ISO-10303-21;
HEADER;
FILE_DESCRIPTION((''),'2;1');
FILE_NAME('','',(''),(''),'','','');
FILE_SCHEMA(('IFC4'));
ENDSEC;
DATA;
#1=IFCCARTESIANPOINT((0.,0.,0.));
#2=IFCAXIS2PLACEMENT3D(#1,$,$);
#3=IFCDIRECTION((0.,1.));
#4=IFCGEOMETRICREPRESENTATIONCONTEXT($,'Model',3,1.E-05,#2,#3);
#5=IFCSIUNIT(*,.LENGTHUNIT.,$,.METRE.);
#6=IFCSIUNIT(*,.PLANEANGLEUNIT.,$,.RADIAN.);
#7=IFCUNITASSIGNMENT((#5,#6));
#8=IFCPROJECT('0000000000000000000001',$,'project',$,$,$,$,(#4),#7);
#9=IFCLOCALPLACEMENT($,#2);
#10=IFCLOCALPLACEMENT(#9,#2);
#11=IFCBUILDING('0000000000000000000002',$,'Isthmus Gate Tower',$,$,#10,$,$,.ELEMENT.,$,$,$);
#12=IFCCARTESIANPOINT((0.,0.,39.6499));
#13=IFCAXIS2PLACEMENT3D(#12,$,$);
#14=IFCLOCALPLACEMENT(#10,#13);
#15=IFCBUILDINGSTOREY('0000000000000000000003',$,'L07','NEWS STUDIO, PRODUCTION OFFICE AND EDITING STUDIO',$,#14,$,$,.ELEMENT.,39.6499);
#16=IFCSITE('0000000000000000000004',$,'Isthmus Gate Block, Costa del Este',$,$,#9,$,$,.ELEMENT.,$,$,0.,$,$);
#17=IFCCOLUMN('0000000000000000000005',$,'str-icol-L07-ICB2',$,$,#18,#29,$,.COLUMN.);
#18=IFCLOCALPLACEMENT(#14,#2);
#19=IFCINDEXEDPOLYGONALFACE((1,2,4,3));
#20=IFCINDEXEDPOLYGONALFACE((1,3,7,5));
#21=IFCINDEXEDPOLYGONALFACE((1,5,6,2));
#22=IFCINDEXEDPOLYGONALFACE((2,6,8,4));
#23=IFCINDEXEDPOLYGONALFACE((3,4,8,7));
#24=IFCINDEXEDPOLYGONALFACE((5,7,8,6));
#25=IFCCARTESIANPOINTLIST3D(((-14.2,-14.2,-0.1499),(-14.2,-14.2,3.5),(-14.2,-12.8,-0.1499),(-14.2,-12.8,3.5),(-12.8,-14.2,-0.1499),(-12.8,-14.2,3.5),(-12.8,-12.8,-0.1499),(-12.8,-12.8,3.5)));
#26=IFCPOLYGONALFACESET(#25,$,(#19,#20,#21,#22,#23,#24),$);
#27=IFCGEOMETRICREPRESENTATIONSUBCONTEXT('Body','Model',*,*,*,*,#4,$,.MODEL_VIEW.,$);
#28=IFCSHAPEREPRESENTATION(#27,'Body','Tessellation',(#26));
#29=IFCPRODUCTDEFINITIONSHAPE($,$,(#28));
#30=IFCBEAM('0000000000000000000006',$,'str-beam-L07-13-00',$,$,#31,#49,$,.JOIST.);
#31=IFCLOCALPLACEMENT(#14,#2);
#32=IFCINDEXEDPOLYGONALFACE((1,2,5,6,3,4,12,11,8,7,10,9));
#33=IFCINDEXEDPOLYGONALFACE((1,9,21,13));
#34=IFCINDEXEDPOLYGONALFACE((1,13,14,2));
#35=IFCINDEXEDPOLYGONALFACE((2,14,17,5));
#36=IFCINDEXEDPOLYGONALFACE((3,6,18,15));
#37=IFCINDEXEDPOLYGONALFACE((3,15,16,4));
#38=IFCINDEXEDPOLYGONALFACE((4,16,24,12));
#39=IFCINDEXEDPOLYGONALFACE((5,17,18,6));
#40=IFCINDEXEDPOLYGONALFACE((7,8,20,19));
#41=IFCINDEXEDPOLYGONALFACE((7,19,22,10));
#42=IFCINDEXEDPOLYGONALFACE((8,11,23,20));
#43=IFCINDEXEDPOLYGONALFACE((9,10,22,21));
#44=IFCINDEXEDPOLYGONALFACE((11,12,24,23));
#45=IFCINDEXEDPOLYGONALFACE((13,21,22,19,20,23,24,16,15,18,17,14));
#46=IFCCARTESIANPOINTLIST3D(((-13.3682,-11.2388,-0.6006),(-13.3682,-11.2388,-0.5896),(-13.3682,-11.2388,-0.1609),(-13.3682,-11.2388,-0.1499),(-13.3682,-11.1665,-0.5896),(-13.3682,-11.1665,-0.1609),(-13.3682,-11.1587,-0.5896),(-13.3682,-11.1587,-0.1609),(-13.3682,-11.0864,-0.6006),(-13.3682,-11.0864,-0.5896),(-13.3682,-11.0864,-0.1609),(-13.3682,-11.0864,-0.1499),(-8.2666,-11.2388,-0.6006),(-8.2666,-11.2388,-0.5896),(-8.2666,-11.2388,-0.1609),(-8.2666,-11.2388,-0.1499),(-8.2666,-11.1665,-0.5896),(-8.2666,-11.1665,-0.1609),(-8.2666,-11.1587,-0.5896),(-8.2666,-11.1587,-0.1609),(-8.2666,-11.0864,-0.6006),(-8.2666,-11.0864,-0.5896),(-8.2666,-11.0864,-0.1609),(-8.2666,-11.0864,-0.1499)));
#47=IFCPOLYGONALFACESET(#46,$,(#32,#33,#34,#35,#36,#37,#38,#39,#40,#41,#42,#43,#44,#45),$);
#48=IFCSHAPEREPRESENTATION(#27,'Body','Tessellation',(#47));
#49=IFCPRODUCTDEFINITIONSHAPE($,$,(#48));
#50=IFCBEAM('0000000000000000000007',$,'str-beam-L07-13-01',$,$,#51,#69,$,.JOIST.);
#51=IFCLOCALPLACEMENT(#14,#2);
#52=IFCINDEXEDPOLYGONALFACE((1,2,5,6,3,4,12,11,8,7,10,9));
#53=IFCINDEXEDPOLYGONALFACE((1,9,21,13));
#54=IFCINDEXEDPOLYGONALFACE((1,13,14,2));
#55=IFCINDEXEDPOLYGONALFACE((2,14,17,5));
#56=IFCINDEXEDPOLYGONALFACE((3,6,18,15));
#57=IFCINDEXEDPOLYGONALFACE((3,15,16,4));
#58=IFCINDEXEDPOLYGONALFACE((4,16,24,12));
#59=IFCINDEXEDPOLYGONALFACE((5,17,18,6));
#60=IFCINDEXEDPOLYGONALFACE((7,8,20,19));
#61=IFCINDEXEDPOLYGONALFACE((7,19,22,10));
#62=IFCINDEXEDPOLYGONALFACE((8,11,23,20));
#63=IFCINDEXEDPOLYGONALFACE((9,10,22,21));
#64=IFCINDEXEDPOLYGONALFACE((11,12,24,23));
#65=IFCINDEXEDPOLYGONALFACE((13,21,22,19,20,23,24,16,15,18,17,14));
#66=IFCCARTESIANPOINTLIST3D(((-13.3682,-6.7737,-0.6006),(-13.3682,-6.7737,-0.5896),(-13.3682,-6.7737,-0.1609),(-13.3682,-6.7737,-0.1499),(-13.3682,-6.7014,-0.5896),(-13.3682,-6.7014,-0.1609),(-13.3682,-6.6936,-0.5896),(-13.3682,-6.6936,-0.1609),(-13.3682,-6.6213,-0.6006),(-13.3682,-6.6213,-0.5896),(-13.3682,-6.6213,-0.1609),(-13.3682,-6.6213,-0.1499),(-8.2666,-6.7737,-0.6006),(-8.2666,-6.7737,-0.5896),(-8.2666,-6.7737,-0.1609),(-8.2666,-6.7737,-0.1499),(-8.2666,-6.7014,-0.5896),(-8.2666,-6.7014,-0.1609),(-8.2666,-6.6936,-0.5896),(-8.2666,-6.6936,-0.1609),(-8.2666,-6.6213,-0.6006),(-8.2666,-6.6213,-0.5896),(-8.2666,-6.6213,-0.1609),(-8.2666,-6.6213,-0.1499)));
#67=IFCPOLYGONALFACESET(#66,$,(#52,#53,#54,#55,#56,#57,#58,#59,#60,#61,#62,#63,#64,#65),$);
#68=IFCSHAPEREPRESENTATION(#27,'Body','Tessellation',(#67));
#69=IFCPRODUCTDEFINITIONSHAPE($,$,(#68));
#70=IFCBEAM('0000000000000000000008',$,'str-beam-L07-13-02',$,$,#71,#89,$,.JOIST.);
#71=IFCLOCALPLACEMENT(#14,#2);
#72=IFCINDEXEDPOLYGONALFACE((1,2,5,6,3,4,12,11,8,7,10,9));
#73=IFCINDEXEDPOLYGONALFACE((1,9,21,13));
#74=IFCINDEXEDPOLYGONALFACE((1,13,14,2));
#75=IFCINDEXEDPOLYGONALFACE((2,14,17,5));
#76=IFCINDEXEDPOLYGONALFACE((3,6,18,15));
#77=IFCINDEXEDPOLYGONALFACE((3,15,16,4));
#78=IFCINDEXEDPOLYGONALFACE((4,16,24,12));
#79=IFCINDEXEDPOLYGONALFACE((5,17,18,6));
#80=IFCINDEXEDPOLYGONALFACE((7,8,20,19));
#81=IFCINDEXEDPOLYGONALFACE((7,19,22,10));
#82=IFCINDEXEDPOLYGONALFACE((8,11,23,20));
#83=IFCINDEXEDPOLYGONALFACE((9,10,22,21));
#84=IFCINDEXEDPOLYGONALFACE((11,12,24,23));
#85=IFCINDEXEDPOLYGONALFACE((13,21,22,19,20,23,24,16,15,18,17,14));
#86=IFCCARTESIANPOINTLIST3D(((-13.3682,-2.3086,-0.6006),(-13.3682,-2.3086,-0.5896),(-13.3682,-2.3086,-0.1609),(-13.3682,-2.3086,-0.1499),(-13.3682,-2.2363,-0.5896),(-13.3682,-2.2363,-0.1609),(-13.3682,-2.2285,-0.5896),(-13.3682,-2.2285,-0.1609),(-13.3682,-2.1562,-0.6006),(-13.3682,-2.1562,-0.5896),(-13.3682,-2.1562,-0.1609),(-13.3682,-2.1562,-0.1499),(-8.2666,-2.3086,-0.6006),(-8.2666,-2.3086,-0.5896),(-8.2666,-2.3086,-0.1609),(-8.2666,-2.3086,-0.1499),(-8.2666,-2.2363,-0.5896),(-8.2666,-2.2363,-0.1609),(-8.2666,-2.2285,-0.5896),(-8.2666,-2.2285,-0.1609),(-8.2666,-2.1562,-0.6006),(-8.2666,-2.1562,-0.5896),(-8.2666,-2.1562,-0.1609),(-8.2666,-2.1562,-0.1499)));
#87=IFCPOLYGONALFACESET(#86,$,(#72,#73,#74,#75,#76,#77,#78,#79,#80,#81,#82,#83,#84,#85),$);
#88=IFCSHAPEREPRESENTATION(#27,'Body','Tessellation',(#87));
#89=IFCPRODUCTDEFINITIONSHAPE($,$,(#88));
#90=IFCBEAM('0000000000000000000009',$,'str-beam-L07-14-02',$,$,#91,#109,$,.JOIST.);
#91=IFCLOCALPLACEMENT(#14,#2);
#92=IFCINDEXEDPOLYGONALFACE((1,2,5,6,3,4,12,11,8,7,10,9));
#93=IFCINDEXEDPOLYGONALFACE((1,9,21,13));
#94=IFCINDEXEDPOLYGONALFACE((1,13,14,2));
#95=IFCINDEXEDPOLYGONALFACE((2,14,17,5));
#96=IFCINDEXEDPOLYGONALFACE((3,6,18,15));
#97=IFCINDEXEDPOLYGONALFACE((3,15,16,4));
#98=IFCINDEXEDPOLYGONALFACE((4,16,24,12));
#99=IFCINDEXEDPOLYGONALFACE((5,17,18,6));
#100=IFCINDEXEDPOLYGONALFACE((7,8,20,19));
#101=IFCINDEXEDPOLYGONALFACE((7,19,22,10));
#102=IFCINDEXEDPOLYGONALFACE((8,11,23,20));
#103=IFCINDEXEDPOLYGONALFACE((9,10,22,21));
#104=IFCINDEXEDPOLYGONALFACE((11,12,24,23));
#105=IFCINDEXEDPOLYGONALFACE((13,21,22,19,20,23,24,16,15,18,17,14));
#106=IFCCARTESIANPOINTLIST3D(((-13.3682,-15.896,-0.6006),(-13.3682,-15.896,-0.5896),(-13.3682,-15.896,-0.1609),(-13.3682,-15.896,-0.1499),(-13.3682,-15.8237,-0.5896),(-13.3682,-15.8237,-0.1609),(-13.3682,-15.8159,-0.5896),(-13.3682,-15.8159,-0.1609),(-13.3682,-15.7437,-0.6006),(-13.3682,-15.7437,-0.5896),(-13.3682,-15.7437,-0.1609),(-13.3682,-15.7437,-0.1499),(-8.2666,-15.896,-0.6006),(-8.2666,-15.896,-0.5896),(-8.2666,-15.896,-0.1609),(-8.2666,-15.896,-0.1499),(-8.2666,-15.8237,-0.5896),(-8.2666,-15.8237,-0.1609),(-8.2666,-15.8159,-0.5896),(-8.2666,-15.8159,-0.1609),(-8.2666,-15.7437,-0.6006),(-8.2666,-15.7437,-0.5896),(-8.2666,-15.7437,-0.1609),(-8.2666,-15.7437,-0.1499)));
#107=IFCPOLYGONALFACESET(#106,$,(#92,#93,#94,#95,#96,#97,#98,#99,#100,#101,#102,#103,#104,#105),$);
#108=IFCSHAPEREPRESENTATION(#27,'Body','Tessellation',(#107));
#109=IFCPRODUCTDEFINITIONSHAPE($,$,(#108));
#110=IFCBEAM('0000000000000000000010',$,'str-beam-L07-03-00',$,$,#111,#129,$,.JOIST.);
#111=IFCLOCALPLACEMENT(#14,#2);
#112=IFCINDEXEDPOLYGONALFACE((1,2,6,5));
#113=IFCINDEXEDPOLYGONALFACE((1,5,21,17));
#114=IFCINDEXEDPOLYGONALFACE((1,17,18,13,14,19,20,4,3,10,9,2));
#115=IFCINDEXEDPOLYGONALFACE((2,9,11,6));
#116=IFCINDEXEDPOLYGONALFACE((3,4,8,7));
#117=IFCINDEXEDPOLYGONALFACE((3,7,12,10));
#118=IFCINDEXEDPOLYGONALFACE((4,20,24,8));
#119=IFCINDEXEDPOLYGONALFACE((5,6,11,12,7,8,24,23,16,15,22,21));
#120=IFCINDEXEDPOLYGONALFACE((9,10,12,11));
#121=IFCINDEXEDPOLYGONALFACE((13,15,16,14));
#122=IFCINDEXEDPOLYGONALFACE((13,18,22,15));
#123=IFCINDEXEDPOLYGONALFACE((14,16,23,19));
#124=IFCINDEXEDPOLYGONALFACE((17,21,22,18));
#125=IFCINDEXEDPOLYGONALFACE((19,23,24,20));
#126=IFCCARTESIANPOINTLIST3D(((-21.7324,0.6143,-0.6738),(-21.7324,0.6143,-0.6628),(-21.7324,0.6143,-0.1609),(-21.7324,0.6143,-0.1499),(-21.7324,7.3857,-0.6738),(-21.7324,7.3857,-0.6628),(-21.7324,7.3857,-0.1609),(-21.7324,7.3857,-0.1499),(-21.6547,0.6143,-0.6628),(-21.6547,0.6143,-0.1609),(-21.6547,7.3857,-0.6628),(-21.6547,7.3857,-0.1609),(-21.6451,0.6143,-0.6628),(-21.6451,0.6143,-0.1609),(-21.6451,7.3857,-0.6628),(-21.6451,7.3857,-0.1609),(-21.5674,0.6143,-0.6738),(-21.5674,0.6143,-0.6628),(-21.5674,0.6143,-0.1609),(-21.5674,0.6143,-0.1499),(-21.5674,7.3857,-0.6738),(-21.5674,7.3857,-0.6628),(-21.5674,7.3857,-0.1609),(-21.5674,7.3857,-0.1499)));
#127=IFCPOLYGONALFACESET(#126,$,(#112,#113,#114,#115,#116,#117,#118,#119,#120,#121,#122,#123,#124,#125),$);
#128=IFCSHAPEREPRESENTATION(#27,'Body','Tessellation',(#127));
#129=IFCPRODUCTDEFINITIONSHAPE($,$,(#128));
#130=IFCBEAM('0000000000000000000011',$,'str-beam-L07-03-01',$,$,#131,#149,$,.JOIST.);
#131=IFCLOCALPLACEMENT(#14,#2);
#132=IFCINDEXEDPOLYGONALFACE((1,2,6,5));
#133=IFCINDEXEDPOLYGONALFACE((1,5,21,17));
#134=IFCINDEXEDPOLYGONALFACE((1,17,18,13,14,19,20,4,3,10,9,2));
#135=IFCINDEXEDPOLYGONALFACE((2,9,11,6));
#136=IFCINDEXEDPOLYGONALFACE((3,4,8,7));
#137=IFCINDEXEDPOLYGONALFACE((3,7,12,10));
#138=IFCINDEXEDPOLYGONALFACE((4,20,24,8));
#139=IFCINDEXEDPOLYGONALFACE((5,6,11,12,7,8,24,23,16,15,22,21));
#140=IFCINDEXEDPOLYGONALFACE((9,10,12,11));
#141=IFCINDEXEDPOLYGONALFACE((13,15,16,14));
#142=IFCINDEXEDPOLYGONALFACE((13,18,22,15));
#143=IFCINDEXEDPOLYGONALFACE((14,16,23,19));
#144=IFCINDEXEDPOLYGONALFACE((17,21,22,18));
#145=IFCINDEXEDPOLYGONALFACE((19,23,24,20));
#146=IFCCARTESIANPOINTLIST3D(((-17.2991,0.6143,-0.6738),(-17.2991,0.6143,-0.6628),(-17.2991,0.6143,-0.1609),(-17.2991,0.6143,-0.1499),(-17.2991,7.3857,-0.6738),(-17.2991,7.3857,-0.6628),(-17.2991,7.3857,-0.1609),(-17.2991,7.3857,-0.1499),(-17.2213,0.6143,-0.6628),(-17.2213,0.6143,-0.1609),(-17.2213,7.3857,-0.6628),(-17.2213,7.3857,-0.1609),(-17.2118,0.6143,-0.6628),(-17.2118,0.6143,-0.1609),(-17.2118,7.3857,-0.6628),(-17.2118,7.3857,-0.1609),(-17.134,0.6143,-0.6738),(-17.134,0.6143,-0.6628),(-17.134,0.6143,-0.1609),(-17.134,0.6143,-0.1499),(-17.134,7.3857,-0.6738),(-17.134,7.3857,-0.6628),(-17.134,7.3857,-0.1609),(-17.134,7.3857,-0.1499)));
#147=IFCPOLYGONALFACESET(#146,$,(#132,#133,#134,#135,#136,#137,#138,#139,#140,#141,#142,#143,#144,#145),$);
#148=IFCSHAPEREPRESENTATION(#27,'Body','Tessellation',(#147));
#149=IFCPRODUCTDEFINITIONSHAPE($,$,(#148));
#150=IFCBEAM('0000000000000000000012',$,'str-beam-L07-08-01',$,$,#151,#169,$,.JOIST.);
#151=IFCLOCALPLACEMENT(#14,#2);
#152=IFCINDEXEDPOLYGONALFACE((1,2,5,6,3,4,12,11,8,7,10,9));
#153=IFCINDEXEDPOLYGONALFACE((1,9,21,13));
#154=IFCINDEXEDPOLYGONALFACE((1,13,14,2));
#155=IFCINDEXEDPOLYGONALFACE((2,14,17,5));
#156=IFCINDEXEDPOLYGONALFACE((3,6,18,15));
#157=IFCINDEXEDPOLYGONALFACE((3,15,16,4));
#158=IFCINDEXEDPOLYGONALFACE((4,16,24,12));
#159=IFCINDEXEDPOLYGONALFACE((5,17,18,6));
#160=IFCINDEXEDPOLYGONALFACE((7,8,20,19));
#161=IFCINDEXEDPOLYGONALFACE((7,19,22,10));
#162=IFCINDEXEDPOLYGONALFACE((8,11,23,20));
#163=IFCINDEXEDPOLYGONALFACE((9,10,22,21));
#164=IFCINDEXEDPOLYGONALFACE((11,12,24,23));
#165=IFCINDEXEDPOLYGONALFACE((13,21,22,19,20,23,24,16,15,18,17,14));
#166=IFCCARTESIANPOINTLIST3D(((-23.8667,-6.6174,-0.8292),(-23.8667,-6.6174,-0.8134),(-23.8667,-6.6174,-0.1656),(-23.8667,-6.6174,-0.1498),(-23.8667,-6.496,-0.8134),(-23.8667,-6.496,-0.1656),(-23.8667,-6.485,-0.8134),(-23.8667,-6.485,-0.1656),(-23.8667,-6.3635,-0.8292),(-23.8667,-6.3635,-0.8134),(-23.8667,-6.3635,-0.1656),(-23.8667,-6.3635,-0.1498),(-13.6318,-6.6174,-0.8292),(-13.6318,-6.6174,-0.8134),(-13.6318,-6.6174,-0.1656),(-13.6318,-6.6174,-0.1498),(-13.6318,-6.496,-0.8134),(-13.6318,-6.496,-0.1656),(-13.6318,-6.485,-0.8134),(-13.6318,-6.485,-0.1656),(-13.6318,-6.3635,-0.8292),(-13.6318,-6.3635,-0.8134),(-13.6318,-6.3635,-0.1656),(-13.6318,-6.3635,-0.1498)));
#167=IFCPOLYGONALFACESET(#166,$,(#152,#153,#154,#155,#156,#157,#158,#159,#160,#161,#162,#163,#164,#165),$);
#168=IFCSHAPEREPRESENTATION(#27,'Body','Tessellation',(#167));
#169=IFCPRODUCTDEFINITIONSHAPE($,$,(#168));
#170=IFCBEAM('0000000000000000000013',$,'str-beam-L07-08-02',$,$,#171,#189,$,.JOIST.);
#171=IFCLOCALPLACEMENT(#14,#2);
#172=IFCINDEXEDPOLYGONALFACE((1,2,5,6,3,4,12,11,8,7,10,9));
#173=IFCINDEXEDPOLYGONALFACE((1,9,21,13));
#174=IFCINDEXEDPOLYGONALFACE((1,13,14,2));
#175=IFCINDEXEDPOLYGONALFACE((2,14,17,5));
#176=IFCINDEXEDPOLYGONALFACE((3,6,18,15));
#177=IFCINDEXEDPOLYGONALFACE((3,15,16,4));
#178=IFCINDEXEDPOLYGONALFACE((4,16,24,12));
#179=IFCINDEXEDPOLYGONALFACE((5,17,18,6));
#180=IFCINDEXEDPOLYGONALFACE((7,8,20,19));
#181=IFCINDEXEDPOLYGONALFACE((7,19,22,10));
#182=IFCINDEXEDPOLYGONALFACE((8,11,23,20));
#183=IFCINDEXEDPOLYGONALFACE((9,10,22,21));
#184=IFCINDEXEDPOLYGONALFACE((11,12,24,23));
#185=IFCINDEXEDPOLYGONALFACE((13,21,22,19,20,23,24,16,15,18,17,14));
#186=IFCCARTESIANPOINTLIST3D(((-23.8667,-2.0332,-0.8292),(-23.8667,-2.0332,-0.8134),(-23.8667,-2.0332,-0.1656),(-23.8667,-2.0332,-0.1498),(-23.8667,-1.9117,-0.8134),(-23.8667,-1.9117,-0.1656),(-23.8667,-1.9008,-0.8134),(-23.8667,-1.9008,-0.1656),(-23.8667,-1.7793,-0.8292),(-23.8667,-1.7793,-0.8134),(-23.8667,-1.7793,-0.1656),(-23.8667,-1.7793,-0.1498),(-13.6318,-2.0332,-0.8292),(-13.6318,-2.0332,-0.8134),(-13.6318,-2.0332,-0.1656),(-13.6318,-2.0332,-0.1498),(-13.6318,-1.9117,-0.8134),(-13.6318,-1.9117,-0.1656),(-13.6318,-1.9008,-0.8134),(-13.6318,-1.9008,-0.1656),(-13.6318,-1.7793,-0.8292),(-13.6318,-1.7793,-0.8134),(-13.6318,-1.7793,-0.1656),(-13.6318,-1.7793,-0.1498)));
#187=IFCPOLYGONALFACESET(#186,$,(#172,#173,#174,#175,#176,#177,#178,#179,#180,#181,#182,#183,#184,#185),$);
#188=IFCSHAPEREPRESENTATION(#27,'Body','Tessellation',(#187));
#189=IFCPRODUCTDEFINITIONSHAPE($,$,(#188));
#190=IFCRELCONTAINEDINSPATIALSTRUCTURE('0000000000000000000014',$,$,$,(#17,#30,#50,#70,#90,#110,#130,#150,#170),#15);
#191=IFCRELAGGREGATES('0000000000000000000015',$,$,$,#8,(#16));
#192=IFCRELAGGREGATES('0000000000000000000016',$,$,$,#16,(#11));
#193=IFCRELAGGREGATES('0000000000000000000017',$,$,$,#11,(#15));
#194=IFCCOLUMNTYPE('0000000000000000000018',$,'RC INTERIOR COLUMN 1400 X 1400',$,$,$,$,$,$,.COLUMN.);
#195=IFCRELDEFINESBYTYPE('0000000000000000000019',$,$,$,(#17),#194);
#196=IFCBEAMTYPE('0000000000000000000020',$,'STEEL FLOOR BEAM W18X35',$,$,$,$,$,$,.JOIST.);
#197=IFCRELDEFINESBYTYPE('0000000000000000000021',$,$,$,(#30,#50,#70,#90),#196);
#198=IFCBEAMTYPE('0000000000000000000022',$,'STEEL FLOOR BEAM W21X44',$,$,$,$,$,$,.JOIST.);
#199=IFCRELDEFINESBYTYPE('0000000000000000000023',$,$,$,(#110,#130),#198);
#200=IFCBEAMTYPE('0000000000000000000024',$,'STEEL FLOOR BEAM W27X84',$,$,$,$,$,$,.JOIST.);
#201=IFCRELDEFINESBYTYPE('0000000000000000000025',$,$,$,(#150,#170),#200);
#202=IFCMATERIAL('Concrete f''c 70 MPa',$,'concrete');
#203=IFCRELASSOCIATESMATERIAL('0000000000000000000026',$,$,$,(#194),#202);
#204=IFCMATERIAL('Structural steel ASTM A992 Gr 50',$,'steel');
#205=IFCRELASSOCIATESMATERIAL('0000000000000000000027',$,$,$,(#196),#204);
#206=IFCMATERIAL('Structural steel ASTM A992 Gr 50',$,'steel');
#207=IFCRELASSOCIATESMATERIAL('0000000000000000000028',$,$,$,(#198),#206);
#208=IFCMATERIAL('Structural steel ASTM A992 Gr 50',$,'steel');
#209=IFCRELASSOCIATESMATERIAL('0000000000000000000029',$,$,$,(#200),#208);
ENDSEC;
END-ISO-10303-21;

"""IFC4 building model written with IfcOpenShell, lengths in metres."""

from ifc_helpers import new_model, si_unit, direction, frame, origin, origin_2d, place, context, subcontext, project, spatial, rectangle, i_section, extrude, material, material_profile, profile_set, type_object, element, save


model = new_model("IFC4")

# Units and contexts
model_context = context("Model", 3, precision=1e-05, world=origin(), true_north=direction((0.0, 1.0)))
body_context = subcontext(model_context, "Body", "Model", "MODEL_VIEW")
ifc_project = project(units=[si_unit("LENGTHUNIT", "METRE"), si_unit("PLANEANGLEUNIT", "RADIAN")], contexts=[model_context])

# Site, building, storey
site_placement = place(None, origin())
site = spatial("IfcSite", under=ifc_project, at=site_placement, Name="Isthmus Gate Block, Costa del Este", CompositionType="ELEMENT", RefElevation=0.0)
building_placement = place(site_placement, origin())
building = spatial("IfcBuilding", under=site, at=building_placement, Name="Isthmus Gate Tower", CompositionType="ELEMENT")
storey_placement = place(building_placement, frame((0.0, 0.0, 39.6499)))
storey = spatial("IfcBuildingStorey", under=building, at=storey_placement, Name="L07", Description="NEWS STUDIO, PRODUCTION OFFICE AND EDITING STUDIO", CompositionType="ELEMENT", Elevation=39.6499)

# Column
ifc_material_1 = material(Name="Concrete f'c 70 MPa", Category="concrete")
ifc_material_profile_1 = material_profile(ifc_material_1, rectangle(XDim=1.3999, YDim=1.3999, at=origin_2d()), Name="RC 1400X1400")
ifc_profile_set_1 = profile_set([ifc_material_profile_1], Name="Concrete f'c 70 MPa")
column_type = type_object("IfcColumnType", Name="RC INTERIOR COLUMN 1400 X 1400", PredefinedType="COLUMN", material=ifc_profile_set_1)
column_placement = place(storey_placement, frame((-13.5, -13.5, -0.1499), z_axis=(0.0, 0.0, 1.0), x_axis=(1.0, 0.0, 0.0)))
element("IfcColumn", 1, at=column_placement, inside=storey, type_object=column_type, Name="str-icol-L07-ICB2", PredefinedType="COLUMN", context=body_context, shape_type="SweptSolid", body=[
    extrude(rectangle(XDim=1.3999, YDim=1.3999, at=origin_2d()), origin(), (0.0, 0.0, 1.0), 3.6499),
])

# Beams
ifc_material_2 = material(Name="Structural steel ASTM A992 Gr 50", Category="steel")
ifc_material_profile_2 = material_profile(ifc_material_2, i_section(OverallWidth=0.1523, OverallDepth=0.4507, WebThickness=0.0078, FlangeThickness=0.011, at=origin_2d()), Name="W18X35")
ifc_profile_set_2 = profile_set([ifc_material_profile_2], Name="Structural steel ASTM A992 Gr 50")
beam_type_1 = type_object("IfcBeamType", Name="STEEL FLOOR BEAM W18X35", PredefinedType="JOIST", material=ifc_profile_set_2)
for number, where, z_axis, x_axis, name in (
    (2, (-13.3682, -11.1626, -0.3752), (1.0, 0.0, 0.0), (0.0, 1.0, 0.0), "str-beam-L07-13-00"),
    (3, (-13.3682, -6.6975, -0.3752), (1.0, 0.0, 0.0), (0.0, 1.0, 0.0), "str-beam-L07-13-01"),
    (4, (-13.3682, -2.2324, -0.3752), (1.0, 0.0, 0.0), (0.0, 1.0, 0.0), "str-beam-L07-13-02"),
    (5, (-13.3682, -15.8198, -0.3752), (1.0, 0.0, 0.0), (0.0, 1.0, 0.0), "str-beam-L07-14-02"),
):
    element("IfcBeam", number, at=place(storey_placement, frame(where, z_axis=z_axis, x_axis=x_axis)), inside=storey, type_object=beam_type_1, Name=name, PredefinedType="JOIST", context=body_context, shape_type="SweptSolid", body=[
        extrude(i_section(OverallWidth=0.1523, OverallDepth=0.4507, WebThickness=0.0078, FlangeThickness=0.011, at=origin_2d()), origin(), (0.0, 0.0, 1.0), 5.1016),
    ])
ifc_material_3 = material(Name="Structural steel ASTM A992 Gr 50", Category="steel")
ifc_material_profile_3 = material_profile(ifc_material_3, i_section(OverallWidth=0.165, OverallDepth=0.5239, WebThickness=0.0095, FlangeThickness=0.011, at=origin_2d()), Name="W21X44")
ifc_profile_set_3 = profile_set([ifc_material_profile_3], Name="Structural steel ASTM A992 Gr 50")
beam_type_2 = type_object("IfcBeamType", Name="STEEL FLOOR BEAM W21X44", PredefinedType="JOIST", material=ifc_profile_set_3)
for number, where, z_axis, x_axis, name in (
    (6, (-21.6499, 0.6143, -0.4119), (0.0, 1.0, 0.0), (-1.0, 0.0, 0.0), "str-beam-L07-03-00"),
    (7, (-17.2166, 0.6143, -0.4119), (0.0, 1.0, 0.0), (-1.0, 0.0, 0.0), "str-beam-L07-03-01"),
):
    element("IfcBeam", number, at=place(storey_placement, frame(where, z_axis=z_axis, x_axis=x_axis)), inside=storey, type_object=beam_type_2, Name=name, PredefinedType="JOIST", context=body_context, shape_type="SweptSolid", body=[
        extrude(i_section(OverallWidth=0.165, OverallDepth=0.5239, WebThickness=0.0095, FlangeThickness=0.011, at=origin_2d()), origin(), (0.0, 0.0, 1.0), 6.7715),
    ])
ifc_material_4 = material(Name="Structural steel ASTM A992 Gr 50", Category="steel")
ifc_material_profile_4 = material_profile(ifc_material_4, i_section(OverallWidth=0.2539, OverallDepth=0.6794, WebThickness=0.011, FlangeThickness=0.0159, at=origin_2d()), Name="W27X84")
ifc_profile_set_4 = profile_set([ifc_material_profile_4], Name="Structural steel ASTM A992 Gr 50")
beam_type_3 = type_object("IfcBeamType", Name="STEEL FLOOR BEAM W27X84", PredefinedType="JOIST", material=ifc_profile_set_4)
for number, where, z_axis, x_axis, name in (
    (8, (-23.8667, -6.4905, -0.4895), (1.0, 0.0, 0.0), (0.0, 1.0, 0.0), "str-beam-L07-08-01"),
    (9, (-23.8667, -1.9062, -0.4895), (1.0, 0.0, 0.0), (0.0, 1.0, 0.0), "str-beam-L07-08-02"),
):
    element("IfcBeam", number, at=place(storey_placement, frame(where, z_axis=z_axis, x_axis=x_axis)), inside=storey, type_object=beam_type_3, Name=name, PredefinedType="JOIST", context=body_context, shape_type="SweptSolid", body=[
        extrude(i_section(OverallWidth=0.2539, OverallDepth=0.6794, WebThickness=0.011, FlangeThickness=0.0159, at=origin_2d()), origin(), (0.0, 0.0, 1.0), 10.2349),
    ])

save(model, "model.ifc")
